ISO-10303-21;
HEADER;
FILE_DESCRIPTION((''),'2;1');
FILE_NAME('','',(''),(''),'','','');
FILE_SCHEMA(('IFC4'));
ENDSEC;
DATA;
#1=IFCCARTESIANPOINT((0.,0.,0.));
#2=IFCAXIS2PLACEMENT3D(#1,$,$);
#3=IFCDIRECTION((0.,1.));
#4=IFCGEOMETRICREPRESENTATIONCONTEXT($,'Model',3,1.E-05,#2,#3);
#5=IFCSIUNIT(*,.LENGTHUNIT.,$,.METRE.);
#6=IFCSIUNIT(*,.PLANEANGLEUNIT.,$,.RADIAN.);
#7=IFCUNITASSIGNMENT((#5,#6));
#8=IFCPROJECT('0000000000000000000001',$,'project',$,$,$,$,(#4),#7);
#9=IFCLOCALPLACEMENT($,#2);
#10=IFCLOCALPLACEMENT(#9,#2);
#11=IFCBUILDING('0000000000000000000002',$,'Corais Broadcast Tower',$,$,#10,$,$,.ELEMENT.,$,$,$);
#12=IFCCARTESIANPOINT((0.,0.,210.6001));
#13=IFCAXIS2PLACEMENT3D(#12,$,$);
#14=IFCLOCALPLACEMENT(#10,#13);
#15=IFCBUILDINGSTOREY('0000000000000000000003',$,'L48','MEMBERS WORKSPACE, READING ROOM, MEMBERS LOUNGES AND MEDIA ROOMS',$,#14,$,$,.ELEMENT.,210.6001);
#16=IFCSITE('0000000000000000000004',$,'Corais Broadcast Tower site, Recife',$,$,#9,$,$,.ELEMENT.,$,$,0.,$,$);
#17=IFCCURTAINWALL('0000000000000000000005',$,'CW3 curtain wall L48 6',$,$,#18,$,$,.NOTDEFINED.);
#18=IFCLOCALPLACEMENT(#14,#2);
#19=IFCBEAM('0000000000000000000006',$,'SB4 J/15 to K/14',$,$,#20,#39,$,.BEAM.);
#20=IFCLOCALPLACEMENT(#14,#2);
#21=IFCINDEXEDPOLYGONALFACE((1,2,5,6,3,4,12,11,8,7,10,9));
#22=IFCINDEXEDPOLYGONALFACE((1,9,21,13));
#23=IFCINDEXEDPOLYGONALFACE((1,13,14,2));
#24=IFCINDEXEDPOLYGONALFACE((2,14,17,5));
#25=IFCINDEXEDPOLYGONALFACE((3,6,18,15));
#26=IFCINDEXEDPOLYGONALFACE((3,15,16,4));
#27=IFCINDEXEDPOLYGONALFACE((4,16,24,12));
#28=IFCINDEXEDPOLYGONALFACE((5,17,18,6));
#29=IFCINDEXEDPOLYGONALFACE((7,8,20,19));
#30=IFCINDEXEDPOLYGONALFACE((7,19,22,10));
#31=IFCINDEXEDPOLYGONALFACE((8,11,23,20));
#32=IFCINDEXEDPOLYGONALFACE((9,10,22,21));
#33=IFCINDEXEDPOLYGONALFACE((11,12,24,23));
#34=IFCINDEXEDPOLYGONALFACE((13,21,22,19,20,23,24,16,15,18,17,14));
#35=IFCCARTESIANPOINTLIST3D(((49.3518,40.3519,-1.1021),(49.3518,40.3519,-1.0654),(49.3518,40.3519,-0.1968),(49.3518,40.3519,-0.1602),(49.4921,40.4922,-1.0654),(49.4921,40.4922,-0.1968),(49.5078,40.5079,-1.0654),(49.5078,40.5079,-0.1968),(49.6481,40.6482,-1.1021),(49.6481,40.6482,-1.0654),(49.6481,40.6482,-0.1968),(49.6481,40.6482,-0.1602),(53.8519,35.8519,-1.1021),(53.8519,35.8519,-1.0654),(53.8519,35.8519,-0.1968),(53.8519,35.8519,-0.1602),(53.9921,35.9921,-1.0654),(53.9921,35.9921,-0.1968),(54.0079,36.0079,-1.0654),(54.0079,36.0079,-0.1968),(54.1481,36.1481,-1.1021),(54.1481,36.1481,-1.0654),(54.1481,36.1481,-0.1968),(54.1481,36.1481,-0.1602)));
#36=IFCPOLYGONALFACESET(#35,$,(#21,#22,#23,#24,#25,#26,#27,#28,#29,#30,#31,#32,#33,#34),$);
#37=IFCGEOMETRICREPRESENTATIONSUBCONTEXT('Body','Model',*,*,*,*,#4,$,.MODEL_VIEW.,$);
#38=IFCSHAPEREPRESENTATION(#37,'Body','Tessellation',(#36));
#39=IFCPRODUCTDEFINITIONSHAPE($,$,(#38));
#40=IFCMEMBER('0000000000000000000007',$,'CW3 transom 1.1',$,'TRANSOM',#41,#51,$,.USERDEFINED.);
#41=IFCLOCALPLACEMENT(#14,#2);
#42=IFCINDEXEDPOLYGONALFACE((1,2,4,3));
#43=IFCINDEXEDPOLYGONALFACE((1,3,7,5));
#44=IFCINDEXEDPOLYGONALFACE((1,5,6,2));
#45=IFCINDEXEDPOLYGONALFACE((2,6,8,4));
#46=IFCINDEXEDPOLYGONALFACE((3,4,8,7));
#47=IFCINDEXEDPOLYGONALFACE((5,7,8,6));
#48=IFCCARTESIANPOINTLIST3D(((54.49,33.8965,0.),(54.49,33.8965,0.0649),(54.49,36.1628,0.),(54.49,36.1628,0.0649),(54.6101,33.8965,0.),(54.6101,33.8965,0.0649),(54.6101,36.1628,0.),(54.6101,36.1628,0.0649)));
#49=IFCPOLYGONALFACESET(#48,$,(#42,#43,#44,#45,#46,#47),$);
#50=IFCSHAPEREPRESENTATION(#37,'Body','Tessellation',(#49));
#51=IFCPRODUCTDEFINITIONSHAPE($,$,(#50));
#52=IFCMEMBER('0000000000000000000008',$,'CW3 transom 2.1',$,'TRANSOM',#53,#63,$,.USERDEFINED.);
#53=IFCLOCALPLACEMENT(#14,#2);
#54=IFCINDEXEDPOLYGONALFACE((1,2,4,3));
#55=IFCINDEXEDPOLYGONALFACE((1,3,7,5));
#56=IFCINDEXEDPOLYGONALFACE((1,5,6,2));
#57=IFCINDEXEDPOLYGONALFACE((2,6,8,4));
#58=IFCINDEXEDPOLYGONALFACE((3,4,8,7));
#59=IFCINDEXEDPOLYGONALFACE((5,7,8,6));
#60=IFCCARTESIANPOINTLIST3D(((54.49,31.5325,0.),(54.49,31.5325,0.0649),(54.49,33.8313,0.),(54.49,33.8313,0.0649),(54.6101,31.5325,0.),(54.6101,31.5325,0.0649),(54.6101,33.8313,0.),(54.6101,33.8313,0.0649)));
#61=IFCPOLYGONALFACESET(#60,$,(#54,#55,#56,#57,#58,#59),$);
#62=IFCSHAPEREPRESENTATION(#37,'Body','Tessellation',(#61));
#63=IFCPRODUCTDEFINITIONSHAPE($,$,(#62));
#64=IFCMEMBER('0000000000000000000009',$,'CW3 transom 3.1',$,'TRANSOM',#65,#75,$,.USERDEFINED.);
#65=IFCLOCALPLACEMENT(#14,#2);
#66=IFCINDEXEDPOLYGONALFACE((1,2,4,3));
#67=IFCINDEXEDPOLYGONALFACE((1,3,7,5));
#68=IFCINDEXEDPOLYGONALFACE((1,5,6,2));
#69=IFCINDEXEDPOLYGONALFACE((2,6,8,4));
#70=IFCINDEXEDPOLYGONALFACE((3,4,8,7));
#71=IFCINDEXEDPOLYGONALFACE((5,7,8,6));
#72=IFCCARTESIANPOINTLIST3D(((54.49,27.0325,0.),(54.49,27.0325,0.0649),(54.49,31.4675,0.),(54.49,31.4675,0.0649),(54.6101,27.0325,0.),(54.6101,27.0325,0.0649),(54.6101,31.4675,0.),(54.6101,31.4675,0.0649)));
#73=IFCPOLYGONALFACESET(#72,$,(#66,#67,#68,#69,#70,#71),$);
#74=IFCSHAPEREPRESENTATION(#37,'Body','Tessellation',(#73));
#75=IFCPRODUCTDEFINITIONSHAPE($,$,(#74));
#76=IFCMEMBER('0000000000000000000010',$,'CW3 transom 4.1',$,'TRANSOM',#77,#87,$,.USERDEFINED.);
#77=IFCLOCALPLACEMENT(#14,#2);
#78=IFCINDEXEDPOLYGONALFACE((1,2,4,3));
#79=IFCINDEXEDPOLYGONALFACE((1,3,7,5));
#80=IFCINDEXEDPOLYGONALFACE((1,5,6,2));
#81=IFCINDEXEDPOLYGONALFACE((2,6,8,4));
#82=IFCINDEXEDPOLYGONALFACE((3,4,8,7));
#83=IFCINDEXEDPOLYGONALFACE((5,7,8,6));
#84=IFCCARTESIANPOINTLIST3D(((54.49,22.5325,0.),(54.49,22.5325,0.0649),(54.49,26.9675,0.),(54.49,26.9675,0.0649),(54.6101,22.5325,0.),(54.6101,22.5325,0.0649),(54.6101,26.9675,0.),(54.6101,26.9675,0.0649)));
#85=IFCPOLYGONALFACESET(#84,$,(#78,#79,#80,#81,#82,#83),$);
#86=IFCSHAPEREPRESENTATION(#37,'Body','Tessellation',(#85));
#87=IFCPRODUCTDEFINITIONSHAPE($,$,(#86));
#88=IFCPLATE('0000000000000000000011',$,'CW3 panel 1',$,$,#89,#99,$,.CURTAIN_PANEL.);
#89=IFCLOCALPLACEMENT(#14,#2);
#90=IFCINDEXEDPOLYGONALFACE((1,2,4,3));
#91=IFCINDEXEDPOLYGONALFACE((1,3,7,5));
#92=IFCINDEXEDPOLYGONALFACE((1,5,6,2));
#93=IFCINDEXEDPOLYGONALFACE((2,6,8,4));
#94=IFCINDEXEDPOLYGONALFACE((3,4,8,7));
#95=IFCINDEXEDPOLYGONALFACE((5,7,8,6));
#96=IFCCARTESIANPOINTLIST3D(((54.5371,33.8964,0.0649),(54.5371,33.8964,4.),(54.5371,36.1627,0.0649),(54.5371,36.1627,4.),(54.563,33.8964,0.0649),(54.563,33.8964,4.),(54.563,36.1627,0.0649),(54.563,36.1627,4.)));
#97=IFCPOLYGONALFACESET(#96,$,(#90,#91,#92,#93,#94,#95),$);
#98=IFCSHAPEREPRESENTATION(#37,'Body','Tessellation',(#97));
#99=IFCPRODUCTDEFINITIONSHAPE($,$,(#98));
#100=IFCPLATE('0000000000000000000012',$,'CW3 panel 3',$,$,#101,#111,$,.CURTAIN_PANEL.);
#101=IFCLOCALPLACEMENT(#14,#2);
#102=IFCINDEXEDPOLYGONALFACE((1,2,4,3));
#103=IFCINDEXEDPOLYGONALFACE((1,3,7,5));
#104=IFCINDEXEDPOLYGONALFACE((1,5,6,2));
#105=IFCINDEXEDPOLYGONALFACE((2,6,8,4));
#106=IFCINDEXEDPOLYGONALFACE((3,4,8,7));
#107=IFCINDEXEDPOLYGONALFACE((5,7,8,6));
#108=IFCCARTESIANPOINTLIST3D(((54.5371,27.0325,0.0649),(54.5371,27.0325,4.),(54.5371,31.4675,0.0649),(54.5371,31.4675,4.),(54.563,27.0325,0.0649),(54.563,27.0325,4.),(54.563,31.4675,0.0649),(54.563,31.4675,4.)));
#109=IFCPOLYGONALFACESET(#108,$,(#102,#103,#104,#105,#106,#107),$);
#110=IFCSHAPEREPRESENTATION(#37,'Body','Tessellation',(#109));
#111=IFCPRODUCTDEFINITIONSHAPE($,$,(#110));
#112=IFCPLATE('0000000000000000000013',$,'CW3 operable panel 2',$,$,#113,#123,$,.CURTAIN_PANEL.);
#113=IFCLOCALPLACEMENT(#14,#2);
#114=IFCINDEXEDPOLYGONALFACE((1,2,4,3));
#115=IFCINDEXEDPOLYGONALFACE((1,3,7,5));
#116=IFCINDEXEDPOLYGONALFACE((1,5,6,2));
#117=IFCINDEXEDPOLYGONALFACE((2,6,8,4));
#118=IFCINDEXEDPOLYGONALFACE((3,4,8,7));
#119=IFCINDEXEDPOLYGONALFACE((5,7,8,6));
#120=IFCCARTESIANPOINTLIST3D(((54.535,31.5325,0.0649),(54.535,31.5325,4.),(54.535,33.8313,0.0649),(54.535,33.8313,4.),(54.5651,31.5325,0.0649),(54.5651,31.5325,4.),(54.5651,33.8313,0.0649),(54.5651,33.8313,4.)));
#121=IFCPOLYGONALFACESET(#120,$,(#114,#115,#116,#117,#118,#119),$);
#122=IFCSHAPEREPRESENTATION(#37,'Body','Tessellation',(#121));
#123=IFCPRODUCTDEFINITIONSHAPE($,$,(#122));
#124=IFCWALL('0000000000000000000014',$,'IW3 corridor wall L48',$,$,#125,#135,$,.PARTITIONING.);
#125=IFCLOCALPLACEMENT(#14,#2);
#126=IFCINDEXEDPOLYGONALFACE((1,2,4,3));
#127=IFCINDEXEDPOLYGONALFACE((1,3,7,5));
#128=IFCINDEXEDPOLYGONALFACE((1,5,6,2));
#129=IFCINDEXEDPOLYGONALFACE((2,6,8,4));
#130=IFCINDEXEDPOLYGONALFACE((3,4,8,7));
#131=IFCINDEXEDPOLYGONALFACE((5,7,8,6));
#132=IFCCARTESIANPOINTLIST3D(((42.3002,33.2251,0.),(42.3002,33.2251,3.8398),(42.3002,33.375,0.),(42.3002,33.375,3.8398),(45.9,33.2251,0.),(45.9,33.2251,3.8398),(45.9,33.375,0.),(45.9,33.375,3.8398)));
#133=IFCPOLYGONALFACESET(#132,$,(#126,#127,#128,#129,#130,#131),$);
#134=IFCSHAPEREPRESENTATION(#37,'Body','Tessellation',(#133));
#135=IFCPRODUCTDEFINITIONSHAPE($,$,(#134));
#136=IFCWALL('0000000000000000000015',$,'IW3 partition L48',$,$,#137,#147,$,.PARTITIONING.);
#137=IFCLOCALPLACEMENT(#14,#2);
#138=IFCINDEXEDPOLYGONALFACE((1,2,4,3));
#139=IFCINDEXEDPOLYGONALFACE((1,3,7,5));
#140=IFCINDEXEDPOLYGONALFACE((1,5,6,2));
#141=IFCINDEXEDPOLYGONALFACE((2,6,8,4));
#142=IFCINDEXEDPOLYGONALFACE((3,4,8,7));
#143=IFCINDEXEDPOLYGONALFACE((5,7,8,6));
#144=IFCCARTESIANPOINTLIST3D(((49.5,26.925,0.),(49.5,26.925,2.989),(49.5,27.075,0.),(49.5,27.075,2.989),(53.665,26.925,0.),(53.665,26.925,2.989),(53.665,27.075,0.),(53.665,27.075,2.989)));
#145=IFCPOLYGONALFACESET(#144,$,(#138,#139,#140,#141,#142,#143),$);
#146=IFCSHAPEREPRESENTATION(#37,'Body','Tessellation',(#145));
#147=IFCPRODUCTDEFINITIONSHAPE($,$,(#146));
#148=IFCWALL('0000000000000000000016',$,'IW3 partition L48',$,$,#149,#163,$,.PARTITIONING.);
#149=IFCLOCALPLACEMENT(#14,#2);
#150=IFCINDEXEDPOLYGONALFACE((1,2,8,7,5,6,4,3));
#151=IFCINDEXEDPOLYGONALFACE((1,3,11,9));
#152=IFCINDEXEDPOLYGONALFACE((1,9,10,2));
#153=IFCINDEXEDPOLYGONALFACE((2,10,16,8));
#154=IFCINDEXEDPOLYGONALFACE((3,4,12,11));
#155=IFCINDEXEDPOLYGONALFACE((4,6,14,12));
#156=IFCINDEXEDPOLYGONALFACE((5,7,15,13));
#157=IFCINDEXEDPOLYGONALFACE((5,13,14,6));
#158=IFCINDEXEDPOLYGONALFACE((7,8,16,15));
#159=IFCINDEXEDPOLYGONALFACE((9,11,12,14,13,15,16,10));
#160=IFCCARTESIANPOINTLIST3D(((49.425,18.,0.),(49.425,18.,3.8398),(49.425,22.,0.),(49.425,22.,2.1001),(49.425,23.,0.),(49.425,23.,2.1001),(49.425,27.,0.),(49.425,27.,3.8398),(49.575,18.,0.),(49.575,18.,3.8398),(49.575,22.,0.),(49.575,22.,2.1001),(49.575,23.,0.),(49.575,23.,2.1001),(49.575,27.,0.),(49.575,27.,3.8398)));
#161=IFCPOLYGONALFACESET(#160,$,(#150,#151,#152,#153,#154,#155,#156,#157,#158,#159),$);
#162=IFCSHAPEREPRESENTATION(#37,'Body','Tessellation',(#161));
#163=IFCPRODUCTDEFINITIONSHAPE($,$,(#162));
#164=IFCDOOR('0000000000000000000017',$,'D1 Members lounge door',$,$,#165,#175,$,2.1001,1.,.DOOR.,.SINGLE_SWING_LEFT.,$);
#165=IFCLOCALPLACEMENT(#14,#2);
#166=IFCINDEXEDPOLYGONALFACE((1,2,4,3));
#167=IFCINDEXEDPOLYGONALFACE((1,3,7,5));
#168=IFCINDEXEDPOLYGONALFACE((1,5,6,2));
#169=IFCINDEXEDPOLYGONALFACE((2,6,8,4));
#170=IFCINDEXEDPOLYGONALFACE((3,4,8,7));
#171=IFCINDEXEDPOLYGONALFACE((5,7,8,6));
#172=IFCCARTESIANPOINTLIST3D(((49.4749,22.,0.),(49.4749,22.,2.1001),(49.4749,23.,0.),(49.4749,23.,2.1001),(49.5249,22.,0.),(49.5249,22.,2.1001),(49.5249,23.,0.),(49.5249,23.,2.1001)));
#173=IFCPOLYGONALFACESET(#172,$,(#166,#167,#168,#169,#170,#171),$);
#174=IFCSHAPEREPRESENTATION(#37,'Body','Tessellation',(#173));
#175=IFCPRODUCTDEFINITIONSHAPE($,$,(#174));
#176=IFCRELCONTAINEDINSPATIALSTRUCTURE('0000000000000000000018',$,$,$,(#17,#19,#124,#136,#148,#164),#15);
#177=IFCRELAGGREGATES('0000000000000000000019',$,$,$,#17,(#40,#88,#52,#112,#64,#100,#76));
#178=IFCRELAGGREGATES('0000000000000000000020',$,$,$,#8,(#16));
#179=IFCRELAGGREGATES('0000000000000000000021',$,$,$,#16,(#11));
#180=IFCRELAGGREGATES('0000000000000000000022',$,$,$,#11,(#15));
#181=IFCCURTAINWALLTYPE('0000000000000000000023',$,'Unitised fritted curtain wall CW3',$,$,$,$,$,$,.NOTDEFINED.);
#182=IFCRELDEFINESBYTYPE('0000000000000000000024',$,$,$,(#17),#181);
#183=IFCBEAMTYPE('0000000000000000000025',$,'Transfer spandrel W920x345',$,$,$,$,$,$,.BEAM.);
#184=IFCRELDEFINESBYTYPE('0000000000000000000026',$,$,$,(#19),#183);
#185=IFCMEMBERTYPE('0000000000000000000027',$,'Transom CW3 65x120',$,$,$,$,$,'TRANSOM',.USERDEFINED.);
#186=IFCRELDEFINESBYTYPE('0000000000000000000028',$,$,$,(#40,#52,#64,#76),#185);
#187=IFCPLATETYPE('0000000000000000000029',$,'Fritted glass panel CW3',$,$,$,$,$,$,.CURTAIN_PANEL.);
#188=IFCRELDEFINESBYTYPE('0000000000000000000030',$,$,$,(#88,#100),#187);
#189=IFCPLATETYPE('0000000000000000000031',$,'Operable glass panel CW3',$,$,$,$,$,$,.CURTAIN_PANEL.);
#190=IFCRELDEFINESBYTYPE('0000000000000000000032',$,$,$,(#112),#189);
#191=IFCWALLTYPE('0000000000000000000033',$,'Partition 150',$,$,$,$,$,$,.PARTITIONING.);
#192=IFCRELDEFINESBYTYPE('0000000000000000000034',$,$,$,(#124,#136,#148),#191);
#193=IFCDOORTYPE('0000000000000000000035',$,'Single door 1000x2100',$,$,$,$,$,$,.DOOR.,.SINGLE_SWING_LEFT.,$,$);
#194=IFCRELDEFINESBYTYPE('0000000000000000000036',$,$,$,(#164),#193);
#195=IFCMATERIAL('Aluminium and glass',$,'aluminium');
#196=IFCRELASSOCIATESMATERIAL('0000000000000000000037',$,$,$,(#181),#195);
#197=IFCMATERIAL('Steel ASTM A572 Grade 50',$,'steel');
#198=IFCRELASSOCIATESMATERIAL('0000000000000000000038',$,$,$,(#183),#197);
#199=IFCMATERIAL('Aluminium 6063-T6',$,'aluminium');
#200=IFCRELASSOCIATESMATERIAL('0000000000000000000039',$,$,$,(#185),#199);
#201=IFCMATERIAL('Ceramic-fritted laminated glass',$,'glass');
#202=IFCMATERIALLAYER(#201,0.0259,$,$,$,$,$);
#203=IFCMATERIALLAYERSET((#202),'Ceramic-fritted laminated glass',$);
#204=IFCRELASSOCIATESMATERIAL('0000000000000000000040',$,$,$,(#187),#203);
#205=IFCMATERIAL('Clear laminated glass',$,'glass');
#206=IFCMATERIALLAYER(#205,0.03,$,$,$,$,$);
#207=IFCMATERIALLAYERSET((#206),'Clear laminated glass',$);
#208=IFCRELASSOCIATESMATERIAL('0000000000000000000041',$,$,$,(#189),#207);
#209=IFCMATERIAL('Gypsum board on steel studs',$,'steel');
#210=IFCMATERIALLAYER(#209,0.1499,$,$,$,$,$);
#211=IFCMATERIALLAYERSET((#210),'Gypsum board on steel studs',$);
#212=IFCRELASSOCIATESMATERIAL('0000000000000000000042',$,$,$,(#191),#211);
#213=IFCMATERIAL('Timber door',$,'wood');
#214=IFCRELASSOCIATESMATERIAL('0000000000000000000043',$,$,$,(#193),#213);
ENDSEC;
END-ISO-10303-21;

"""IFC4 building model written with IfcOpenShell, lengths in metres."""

from ifc_helpers import new_model, si_unit, direction, frame, frame_2d, origin, origin_2d, place, context, subcontext, project, spatial, rectangle, i_section, extrude, material, layer, layer_set, material_profile, profile_set, type_object, element, fill, aggregate, save


model = new_model("IFC4")

# Units and contexts
model_context = context("Model", 3, precision=1e-05, world=origin(), true_north=direction((0.0, 1.0)))
body_context = subcontext(model_context, "Body", "Model", "MODEL_VIEW")
ifc_project = project(units=[si_unit("LENGTHUNIT", "METRE"), si_unit("PLANEANGLEUNIT", "RADIAN")], contexts=[model_context])

# Site, building, storey
site_placement = place(None, origin())
site = spatial("IfcSite", under=ifc_project, at=site_placement, Name="Corais Broadcast Tower site, Recife", CompositionType="ELEMENT", RefElevation=0.0)
building_placement = place(site_placement, origin())
building = spatial("IfcBuilding", under=site, at=building_placement, Name="Corais Broadcast Tower", CompositionType="ELEMENT")
storey_placement = place(building_placement, frame((0.0, 0.0, 210.6001)))
storey = spatial("IfcBuildingStorey", under=building, at=storey_placement, Name="L48", Description="MEMBERS WORKSPACE, READING ROOM, MEMBERS LOUNGES AND MEDIA ROOMS", CompositionType="ELEMENT", Elevation=210.6001)

# Curtain wall
ifc_material_1 = material(Name="Aluminium and glass", Category="aluminium")
curtain_wall_type = type_object("IfcCurtainWallType", Name="Unitised fritted curtain wall CW3", PredefinedType="NOTDEFINED", material=ifc_material_1)
curtain_wall_placement = place(storey_placement, origin())
curtain_wall = element("IfcCurtainWall", 1, at=curtain_wall_placement, inside=storey, type_object=curtain_wall_type, Name="CW3 curtain wall L48 6", PredefinedType="NOTDEFINED")

# Beam
ifc_material_2 = material(Name="Steel ASTM A572 Grade 50", Category="steel")
ifc_material_profile_1 = material_profile(ifc_material_2, i_section(OverallWidth=0.4189, OverallDepth=0.9419, WebThickness=0.0222, FlangeThickness=0.0366, at=origin_2d()), Name="W920x345")
ifc_profile_set_1 = profile_set([ifc_material_profile_1], Name="Steel ASTM A572 Grade 50")
beam_type_1 = type_object("IfcBeamType", Name="Transfer spandrel W920x345", PredefinedType="BEAM", material=ifc_profile_set_1)
beam_placement = place(storey_placement, frame((54.0, 36.0, -0.6311), z_axis=(-0.707107, 0.707107, 0.0), x_axis=(-0.707107, -0.707107, 0.0)))
element("IfcBeam", 2, at=beam_placement, inside=storey, type_object=beam_type_1, Name="SB4 J/15 to K/14", PredefinedType="BEAM", context=body_context, shape_type="SweptSolid", body=[
    extrude(i_section(OverallWidth=0.4189, OverallDepth=0.9419, WebThickness=0.0222, FlangeThickness=0.0366, at=origin_2d()), origin(), (0.0, 0.0, 1.0), 6.364),
])

# Members
ifc_material_3 = material(Name="Aluminium 6063-T6", Category="aluminium")
ifc_material_profile_2 = material_profile(ifc_material_3, rectangle(XDim=0.1201, YDim=0.0649, at=origin_2d()), Name="Transom CW3 65x120")
ifc_profile_set_2 = profile_set([ifc_material_profile_2], Name="Aluminium 6063-T6")
member_type_1 = type_object("IfcMemberType", Name="Transom CW3 65x120", ElementType="TRANSOM", PredefinedType="USERDEFINED", material=ifc_profile_set_2)
member_1_placement = place(storey_placement, frame((54.55, 36.1628, 0.0325), z_axis=(0.0, -1.0, 0.0), x_axis=(1.0, 0.0, 0.0)))
member_1 = element("IfcMember", 3, at=member_1_placement, type_object=member_type_1, Name="CW3 transom 1.1", ObjectType="TRANSOM", PredefinedType="USERDEFINED", context=body_context, shape_type="SweptSolid", body=[
    extrude(rectangle(XDim=0.1201, YDim=0.0649, at=origin_2d()), origin(), (0.0, 0.0, 1.0), 2.2664),
])
member_2_placement = place(storey_placement, frame((54.55, 33.8313, 0.0325), z_axis=(0.0, -1.0, 0.0), x_axis=(1.0, 0.0, 0.0)))
member_2 = element("IfcMember", 4, at=member_2_placement, type_object=member_type_1, Name="CW3 transom 2.1", ObjectType="TRANSOM", PredefinedType="USERDEFINED", context=body_context, shape_type="SweptSolid", body=[
    extrude(rectangle(XDim=0.1201, YDim=0.0649, at=origin_2d()), origin(), (0.0, 0.0, 1.0), 2.2988),
])
member_3_placement = place(storey_placement, frame((54.55, 31.4675, 0.0325), z_axis=(0.0, -1.0, 0.0), x_axis=(1.0, 0.0, 0.0)))
member_3 = element("IfcMember", 5, at=member_3_placement, type_object=member_type_1, Name="CW3 transom 3.1", ObjectType="TRANSOM", PredefinedType="USERDEFINED", context=body_context, shape_type="SweptSolid", body=[
    extrude(rectangle(XDim=0.1201, YDim=0.0649, at=origin_2d()), origin(), (0.0, 0.0, 1.0), 4.4351),
])
member_4_placement = place(storey_placement, frame((54.55, 26.9675, 0.0325), z_axis=(0.0, -1.0, 0.0), x_axis=(1.0, 0.0, 0.0)))
member_4 = element("IfcMember", 6, at=member_4_placement, type_object=member_type_1, Name="CW3 transom 4.1", ObjectType="TRANSOM", PredefinedType="USERDEFINED", context=body_context, shape_type="SweptSolid", body=[
    extrude(rectangle(XDim=0.1201, YDim=0.0649, at=origin_2d()), origin(), (0.0, 0.0, 1.0), 4.4351),
])

# Plates
ifc_material_4 = material(Name="Ceramic-fritted laminated glass", Category="glass")
ifc_layer_1 = layer(ifc_material_4, 0.0259)
ifc_layer_set_1 = layer_set([ifc_layer_1], Name="Ceramic-fritted laminated glass")
plate_type_1 = type_object("IfcPlateType", Name="Fritted glass panel CW3", PredefinedType="CURTAIN_PANEL", material=ifc_layer_set_1)
plate_1_placement = place(storey_placement, frame((54.55, 35.0295, 0.0649), z_axis=(0.0, 0.0, 1.0), x_axis=(0.0, -1.0, 0.0)))
plate_1 = element("IfcPlate", 7, at=plate_1_placement, type_object=plate_type_1, Name="CW3 panel 1", PredefinedType="CURTAIN_PANEL", context=body_context, shape_type="SweptSolid", body=[
    extrude(rectangle(XDim=2.2664, YDim=0.0259, at=origin_2d()), origin(), (0.0, 0.0, 1.0), 3.9351),
])
plate_2_placement = place(storey_placement, frame((54.55, 29.25, 0.0649), z_axis=(0.0, 0.0, 1.0), x_axis=(0.0, -1.0, 0.0)))
plate_2 = element("IfcPlate", 8, at=plate_2_placement, type_object=plate_type_1, Name="CW3 panel 3", PredefinedType="CURTAIN_PANEL", context=body_context, shape_type="SweptSolid", body=[
    extrude(rectangle(XDim=4.4351, YDim=0.0259, at=origin_2d()), origin(), (0.0, 0.0, 1.0), 3.9351),
])
ifc_material_5 = material(Name="Clear laminated glass", Category="glass")
ifc_layer_2 = layer(ifc_material_5, 0.03)
ifc_layer_set_2 = layer_set([ifc_layer_2], Name="Clear laminated glass")
plate_type_2 = type_object("IfcPlateType", Name="Operable glass panel CW3", PredefinedType="CURTAIN_PANEL", material=ifc_layer_set_2)
plate_3_placement = place(storey_placement, frame((54.55, 32.6819, 0.0649), z_axis=(0.0, 0.0, 1.0), x_axis=(0.0, -1.0, 0.0)))
plate_3 = element("IfcPlate", 9, at=plate_3_placement, type_object=plate_type_2, Name="CW3 operable panel 2", PredefinedType="CURTAIN_PANEL", context=body_context, shape_type="SweptSolid", body=[
    extrude(rectangle(XDim=2.2988, YDim=0.03, at=origin_2d()), origin(), (0.0, 0.0, 1.0), 3.9351),
])
aggregate(curtain_wall, [member_1, plate_1, member_2, plate_3, member_3, plate_2, member_4])

# Walls
ifc_material_6 = material(Name="Gypsum board on steel studs", Category="steel")
ifc_layer_3 = layer(ifc_material_6, 0.1499)
ifc_layer_set_3 = layer_set([ifc_layer_3], Name="Gypsum board on steel studs")
wall_type = type_object("IfcWallType", Name="Partition 150", PredefinedType="PARTITIONING", material=ifc_layer_set_3)
wall_1_placement = place(storey_placement, frame((45.8999, 33.3, 0.0), z_axis=(0.0, 0.0, 1.0), x_axis=(-1.0, 0.0, 0.0)))
element("IfcWall", 10, at=wall_1_placement, inside=storey, type_object=wall_type, Name="IW3 corridor wall L48", PredefinedType="PARTITIONING", context=body_context, shape_type="SweptSolid", body=[
    extrude(rectangle(XDim=3.5999, YDim=0.1499, at=frame_2d((1.7998, 0.0))), origin(), (0.0, 0.0, 1.0), 3.8398),
])
wall_2_placement = place(storey_placement, frame((53.665, 27.0, 0.0), z_axis=(0.0, 0.0, 1.0), x_axis=(-1.0, 0.0, 0.0)))
element("IfcWall", 11, at=wall_2_placement, inside=storey, type_object=wall_type, Name="IW3 partition L48", PredefinedType="PARTITIONING", context=body_context, shape_type="SweptSolid", body=[
    extrude(rectangle(XDim=4.165, YDim=0.1499, at=frame_2d((2.0825, 0.0))), origin(), (0.0, 0.0, 1.0), 2.989),
])

# Wall, opening, door
wall_3_placement = place(storey_placement, frame((49.5, 27.0, 0.0), z_axis=(0.0, 0.0, 1.0), x_axis=(0.0, -1.0, 0.0)))
wall_3 = element("IfcWall", 12, at=wall_3_placement, inside=storey, type_object=wall_type, Name="IW3 partition L48", PredefinedType="PARTITIONING", context=body_context, shape_type="SweptSolid", body=[
    extrude(rectangle(XDim=9.0, YDim=0.1499, at=frame_2d((4.5, 0.0))), origin(), (0.0, 0.0, 1.0), 3.8398),
])
opening_1_placement = place(wall_3_placement, frame((4.0, 0.0, 0.0)))
opening_1 = element("IfcOpeningElement", 13, at=opening_1_placement, cuts=wall_3, PredefinedType="OPENING", context=body_context, shape_type="SweptSolid", body=[
    extrude(rectangle(XDim=1.0, YDim=2.1001, at=frame_2d((0.5, 1.05))), frame((0.0, 0.085, 0.0), z_axis=(0.0, -1.0, 0.0), x_axis=(1.0, 0.0, 0.0)), (0.0, 0.0, 1.0), 0.1699),
])
ifc_material_7 = material(Name="Timber door", Category="wood")
door_type = type_object("IfcDoorType", Name="Single door 1000x2100", OperationType="SINGLE_SWING_LEFT", PredefinedType="DOOR", material=ifc_material_7)
door_1_placement = place(opening_1_placement, origin())
door_1 = element("IfcDoor", 14, at=door_1_placement, inside=storey, type_object=door_type, Name="D1 Members lounge door", OperationType="SINGLE_SWING_LEFT", OverallHeight=2.1001, OverallWidth=1.0, PredefinedType="DOOR", context=body_context, shape_type="SweptSolid", body=[
    extrude(rectangle(XDim=1.0, YDim=2.1001, at=frame_2d((0.5, 1.05))), frame((0.0, 0.0249, 0.0), z_axis=(0.0, -1.0, 0.0), x_axis=(1.0, 0.0, 0.0)), (0.0, 0.0, 1.0), 0.05),
])
fill(opening_1, door_1)

save(model, "model.ifc")
